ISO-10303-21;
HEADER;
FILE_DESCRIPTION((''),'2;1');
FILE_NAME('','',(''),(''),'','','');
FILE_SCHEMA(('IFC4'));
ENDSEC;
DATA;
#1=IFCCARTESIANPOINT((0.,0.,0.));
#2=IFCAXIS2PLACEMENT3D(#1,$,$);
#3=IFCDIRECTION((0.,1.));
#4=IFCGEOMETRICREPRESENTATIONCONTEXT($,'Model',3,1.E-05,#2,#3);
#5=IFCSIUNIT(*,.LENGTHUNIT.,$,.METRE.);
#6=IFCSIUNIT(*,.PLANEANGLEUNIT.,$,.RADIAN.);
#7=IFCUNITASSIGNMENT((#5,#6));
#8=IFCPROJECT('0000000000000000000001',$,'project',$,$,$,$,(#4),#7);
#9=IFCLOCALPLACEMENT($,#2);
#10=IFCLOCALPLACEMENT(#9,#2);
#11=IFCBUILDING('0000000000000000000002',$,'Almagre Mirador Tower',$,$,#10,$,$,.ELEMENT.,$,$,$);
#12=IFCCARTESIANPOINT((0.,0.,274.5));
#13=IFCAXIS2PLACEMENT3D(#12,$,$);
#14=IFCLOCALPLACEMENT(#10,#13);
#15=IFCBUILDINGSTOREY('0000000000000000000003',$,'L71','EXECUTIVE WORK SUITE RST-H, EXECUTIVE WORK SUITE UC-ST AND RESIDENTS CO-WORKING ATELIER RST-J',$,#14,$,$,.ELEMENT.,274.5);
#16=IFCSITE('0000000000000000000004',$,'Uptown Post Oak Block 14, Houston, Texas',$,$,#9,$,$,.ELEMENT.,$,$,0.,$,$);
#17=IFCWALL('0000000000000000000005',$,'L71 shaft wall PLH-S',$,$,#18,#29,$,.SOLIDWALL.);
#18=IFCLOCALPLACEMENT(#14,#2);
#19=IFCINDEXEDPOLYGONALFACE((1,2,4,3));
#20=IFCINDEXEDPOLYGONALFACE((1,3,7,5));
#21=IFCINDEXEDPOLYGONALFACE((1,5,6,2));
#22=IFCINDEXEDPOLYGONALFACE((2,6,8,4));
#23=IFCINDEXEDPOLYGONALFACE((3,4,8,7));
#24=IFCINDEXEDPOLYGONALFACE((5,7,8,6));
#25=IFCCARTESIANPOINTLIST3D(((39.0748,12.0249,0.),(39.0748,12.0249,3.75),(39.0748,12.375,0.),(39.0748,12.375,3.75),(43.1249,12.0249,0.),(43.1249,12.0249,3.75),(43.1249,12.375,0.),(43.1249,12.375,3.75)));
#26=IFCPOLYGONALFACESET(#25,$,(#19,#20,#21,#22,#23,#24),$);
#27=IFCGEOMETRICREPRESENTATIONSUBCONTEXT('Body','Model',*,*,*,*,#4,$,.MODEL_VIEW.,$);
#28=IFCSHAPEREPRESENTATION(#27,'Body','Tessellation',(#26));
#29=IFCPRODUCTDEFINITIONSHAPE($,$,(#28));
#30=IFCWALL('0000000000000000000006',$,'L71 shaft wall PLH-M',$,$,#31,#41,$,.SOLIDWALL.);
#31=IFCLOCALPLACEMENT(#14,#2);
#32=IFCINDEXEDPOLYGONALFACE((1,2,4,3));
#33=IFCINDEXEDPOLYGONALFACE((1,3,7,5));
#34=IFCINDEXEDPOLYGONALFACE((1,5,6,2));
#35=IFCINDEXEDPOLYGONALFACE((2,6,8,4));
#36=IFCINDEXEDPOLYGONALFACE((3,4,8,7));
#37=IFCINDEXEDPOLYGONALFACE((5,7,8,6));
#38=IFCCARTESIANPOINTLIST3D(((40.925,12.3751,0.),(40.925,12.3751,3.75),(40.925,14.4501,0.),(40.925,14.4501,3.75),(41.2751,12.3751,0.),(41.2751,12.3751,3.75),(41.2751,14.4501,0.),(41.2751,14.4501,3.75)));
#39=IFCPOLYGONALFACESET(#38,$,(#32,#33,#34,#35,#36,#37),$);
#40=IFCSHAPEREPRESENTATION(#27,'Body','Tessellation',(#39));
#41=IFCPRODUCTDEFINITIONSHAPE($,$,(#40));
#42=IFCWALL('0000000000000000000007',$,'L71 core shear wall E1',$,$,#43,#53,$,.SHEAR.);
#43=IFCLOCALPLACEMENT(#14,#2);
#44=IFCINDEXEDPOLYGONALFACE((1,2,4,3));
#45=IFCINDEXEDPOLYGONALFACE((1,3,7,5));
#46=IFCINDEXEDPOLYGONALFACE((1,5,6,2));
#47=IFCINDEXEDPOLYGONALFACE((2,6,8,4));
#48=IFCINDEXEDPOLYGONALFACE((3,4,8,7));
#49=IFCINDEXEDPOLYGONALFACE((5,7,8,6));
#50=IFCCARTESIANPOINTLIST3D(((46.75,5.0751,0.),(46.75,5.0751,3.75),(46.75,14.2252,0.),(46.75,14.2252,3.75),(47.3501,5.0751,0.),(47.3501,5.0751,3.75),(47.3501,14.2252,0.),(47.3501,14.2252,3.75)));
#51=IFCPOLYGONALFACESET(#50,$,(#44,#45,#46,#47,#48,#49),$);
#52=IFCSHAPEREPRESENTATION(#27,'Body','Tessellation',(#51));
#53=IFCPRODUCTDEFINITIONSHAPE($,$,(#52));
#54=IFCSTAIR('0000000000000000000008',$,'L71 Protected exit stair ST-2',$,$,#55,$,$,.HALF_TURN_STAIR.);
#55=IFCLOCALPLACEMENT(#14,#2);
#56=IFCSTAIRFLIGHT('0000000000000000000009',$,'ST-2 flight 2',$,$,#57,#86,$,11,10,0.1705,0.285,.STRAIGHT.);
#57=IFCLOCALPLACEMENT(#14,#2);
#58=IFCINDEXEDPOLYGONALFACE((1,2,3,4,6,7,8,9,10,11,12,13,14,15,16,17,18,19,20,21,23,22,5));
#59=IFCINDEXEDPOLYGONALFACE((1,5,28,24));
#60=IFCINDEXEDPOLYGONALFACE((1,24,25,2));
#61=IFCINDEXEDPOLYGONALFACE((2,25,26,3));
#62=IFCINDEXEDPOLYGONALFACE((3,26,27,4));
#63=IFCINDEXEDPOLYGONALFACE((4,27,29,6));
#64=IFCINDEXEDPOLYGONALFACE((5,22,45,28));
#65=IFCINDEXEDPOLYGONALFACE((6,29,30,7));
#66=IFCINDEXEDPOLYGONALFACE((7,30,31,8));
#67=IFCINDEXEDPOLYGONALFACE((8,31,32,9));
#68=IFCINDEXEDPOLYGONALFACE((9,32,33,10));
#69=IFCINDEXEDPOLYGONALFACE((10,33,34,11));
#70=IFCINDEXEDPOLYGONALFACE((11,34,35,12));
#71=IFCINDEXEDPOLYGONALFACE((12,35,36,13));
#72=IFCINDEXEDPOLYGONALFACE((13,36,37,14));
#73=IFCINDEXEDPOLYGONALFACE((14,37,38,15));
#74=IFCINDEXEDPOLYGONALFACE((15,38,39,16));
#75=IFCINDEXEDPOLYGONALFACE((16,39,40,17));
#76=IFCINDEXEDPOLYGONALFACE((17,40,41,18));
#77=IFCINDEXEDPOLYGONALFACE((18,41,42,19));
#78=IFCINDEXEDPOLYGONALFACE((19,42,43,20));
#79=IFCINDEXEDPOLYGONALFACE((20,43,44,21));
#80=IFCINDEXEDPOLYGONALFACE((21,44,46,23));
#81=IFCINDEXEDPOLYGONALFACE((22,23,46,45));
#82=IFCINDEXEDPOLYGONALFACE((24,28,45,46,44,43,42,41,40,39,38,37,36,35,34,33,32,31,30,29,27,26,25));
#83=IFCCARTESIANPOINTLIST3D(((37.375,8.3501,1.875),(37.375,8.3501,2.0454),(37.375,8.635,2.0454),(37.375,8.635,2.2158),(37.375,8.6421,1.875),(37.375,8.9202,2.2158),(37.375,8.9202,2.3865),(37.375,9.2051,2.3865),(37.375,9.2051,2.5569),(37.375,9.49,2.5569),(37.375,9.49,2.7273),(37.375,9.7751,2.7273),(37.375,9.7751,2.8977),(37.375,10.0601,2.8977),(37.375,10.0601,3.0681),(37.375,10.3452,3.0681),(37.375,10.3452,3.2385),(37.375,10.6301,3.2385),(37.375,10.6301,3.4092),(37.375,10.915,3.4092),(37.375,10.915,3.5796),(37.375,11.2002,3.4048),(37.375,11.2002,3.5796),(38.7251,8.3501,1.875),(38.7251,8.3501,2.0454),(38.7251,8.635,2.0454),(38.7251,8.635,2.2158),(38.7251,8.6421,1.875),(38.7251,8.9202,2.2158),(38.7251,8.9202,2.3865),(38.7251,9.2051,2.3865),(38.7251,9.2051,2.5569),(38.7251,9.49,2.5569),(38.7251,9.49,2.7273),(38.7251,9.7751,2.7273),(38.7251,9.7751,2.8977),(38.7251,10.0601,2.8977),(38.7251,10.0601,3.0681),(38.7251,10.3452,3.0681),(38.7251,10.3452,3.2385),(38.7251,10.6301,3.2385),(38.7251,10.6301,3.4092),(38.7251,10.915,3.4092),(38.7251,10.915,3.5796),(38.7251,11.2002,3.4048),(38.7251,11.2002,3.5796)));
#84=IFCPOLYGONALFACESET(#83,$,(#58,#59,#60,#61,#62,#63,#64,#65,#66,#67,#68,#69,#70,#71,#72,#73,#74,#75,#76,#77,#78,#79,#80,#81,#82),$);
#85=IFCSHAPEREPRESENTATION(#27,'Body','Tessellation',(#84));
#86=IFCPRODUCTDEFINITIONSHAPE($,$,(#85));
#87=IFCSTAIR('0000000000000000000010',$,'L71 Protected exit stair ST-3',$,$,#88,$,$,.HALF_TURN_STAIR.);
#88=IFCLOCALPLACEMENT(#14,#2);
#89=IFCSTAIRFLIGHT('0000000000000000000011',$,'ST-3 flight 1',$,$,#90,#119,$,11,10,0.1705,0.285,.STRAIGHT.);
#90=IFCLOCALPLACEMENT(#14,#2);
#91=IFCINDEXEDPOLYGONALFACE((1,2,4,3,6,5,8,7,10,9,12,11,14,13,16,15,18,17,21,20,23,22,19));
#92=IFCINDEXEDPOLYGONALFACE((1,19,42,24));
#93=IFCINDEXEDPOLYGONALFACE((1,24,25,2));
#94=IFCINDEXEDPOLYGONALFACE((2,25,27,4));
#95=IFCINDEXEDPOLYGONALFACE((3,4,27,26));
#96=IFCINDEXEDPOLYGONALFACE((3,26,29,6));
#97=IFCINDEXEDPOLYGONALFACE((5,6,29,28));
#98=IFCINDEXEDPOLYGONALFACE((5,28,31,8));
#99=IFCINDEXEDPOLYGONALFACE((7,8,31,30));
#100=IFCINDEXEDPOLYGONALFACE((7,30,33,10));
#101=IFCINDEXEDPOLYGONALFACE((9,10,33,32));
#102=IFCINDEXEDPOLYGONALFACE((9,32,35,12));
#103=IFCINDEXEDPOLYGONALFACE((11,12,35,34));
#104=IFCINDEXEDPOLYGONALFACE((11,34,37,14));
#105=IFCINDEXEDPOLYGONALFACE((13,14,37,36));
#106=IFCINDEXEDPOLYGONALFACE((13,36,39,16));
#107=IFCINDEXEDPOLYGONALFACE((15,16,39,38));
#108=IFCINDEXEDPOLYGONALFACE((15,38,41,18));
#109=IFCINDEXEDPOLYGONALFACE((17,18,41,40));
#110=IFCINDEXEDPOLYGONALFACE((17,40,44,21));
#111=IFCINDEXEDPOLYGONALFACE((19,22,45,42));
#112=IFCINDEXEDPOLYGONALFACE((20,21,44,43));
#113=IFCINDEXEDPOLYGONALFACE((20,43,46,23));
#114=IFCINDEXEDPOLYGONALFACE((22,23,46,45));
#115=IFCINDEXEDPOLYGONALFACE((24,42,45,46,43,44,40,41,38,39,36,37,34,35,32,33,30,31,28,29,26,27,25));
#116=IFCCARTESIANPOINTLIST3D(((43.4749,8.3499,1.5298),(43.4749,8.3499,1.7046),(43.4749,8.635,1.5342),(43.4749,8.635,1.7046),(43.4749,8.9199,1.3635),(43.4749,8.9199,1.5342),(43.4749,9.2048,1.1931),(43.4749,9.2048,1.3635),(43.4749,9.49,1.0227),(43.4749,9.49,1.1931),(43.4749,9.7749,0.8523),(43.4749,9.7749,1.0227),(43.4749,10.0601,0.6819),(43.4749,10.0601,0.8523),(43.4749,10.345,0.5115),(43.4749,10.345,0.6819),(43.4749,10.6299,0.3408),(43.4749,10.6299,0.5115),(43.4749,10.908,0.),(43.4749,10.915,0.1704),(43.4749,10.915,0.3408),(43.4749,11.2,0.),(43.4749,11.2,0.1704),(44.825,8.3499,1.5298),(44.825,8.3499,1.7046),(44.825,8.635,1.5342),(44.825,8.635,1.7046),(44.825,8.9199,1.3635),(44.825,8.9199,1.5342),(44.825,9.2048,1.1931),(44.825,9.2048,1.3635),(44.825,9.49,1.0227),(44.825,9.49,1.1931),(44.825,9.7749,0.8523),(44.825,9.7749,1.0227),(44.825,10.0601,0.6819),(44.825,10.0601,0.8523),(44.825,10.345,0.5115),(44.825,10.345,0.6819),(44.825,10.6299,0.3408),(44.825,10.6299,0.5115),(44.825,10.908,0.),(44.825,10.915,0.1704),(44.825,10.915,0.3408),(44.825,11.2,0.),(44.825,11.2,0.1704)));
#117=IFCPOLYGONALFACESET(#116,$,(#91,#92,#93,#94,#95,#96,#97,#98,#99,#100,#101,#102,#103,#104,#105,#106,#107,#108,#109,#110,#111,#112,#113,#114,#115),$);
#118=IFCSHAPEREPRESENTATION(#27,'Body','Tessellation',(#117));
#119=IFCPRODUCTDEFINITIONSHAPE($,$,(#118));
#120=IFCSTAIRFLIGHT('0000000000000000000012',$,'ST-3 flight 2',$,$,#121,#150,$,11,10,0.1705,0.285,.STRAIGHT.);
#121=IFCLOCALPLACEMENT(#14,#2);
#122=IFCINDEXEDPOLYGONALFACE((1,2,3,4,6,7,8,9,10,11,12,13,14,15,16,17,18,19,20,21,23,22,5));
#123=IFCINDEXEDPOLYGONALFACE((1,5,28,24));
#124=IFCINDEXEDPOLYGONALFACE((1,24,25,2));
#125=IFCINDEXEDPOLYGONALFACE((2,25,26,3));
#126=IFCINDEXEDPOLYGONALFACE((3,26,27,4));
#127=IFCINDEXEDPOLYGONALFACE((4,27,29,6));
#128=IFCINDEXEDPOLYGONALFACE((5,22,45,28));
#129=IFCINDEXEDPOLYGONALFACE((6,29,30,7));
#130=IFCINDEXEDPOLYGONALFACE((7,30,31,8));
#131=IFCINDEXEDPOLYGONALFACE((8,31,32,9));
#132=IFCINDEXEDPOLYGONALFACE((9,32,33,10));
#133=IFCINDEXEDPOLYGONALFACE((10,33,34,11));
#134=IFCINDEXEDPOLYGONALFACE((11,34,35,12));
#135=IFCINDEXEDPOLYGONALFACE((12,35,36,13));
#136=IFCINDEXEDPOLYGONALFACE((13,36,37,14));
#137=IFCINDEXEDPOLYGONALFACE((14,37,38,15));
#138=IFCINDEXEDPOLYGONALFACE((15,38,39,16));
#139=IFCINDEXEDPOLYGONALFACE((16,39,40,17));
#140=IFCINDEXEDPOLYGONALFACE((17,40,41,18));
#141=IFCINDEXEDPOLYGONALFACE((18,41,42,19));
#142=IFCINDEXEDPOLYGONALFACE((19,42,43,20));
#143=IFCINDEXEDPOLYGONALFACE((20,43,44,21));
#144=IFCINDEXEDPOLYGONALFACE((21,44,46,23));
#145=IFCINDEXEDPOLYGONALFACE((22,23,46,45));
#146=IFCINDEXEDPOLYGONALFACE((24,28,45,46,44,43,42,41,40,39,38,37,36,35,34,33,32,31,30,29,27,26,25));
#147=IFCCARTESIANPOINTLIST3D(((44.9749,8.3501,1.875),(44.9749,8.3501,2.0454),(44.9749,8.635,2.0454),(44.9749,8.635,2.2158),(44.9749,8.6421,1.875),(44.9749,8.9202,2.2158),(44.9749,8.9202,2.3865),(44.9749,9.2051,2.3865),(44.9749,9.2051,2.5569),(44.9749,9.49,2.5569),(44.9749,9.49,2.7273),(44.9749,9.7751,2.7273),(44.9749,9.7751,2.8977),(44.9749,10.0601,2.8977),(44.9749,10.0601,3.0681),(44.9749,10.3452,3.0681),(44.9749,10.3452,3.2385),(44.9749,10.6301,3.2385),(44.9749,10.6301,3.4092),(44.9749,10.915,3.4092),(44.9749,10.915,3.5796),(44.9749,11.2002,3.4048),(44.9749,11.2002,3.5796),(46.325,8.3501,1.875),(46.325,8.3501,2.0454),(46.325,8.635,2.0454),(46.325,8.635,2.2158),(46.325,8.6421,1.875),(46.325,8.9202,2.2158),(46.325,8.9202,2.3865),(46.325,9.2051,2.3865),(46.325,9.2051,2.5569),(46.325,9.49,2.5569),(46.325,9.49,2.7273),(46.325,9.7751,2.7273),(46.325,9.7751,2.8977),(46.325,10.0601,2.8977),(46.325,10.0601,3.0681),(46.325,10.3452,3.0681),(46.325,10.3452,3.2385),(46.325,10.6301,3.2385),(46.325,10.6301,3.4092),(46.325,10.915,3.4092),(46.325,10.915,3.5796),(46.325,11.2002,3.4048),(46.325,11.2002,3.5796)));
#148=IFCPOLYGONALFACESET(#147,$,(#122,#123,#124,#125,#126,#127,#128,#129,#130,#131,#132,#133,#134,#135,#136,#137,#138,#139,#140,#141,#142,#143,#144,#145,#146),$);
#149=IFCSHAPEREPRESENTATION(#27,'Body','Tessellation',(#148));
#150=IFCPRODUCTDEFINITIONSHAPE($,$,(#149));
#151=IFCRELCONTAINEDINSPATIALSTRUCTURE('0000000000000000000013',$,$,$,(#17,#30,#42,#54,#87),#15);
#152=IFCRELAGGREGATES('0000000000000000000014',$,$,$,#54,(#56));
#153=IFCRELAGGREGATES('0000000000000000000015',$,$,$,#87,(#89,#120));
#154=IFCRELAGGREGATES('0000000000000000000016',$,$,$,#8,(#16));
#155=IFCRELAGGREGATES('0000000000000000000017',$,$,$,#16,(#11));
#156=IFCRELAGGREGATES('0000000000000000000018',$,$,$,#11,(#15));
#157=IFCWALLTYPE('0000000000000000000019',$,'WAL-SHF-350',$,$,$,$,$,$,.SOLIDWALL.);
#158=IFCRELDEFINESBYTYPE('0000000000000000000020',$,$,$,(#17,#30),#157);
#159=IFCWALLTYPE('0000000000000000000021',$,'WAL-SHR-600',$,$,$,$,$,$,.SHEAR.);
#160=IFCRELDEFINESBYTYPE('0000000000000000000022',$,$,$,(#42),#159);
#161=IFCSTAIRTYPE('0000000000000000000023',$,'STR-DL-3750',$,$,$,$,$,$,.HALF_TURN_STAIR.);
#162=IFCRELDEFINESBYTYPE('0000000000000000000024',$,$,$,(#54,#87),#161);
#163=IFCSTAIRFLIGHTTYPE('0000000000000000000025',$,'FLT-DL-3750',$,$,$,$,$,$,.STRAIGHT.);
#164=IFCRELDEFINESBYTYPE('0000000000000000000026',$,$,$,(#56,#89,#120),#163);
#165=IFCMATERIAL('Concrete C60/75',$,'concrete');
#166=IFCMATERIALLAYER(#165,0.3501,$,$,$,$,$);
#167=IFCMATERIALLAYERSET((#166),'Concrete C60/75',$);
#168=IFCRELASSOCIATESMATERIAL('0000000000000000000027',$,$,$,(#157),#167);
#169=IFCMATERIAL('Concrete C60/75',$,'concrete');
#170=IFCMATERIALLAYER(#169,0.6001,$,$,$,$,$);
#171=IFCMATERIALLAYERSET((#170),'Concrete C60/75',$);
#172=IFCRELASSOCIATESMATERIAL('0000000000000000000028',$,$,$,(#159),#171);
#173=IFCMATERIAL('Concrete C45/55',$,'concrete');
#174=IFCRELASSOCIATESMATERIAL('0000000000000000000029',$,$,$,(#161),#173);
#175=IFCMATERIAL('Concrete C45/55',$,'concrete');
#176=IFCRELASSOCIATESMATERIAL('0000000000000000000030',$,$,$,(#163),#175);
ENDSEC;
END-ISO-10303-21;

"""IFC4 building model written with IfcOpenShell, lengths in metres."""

from ifc_helpers import new_model, si_unit, direction, frame, frame_2d, origin, place, context, subcontext, project, spatial, polyline, rectangle, outline, extrude, material, layer, layer_set, type_object, element, aggregate, save


model = new_model("IFC4")

# Units and contexts
model_context = context("Model", 3, precision=1e-05, world=origin(), true_north=direction((0.0, 1.0)))
body_context = subcontext(model_context, "Body", "Model", "MODEL_VIEW")
ifc_project = project(units=[si_unit("LENGTHUNIT", "METRE"), si_unit("PLANEANGLEUNIT", "RADIAN")], contexts=[model_context])

# Site, building, storey
site_placement = place(None, origin())
site = spatial("IfcSite", under=ifc_project, at=site_placement, Name="Uptown Post Oak Block 14, Houston, Texas", CompositionType="ELEMENT", RefElevation=0.0)
building_placement = place(site_placement, origin())
building = spatial("IfcBuilding", under=site, at=building_placement, Name="Almagre Mirador Tower", CompositionType="ELEMENT")
storey_placement = place(building_placement, frame((0.0, 0.0, 274.5)))
storey = spatial("IfcBuildingStorey", under=building, at=storey_placement, Name="L71", Description="EXECUTIVE WORK SUITE RST-H, EXECUTIVE WORK SUITE UC-ST AND RESIDENTS CO-WORKING ATELIER RST-J", CompositionType="ELEMENT", Elevation=274.5)

# Shared definitions
ifc_material_1 = material(Name="Concrete C60/75", Category="concrete")
ifc_layer_1 = layer(ifc_material_1, 0.3501)
ifc_layer_set_1 = layer_set([ifc_layer_1], Name="Concrete C60/75")
wall_type_1 = type_object("IfcWallType", Name="WAL-SHF-350", PredefinedType="SOLIDWALL", material=ifc_layer_set_1)

# Walls
wall_1_placement = place(storey_placement, frame((39.075, 12.2, 0.0), z_axis=(0.0, 0.0, 1.0), x_axis=(1.0, 0.0, 0.0)))
element("IfcWall", 1, at=wall_1_placement, inside=storey, type_object=wall_type_1, Name="L71 shaft wall PLH-S", PredefinedType="SOLIDWALL", context=body_context, shape_type="SweptSolid", body=[
    extrude(rectangle(XDim=4.05, YDim=0.3501, at=frame_2d((2.0249, 0.0))), origin(), (0.0, 0.0, 1.0), 3.75),
])
wall_2_placement = place(storey_placement, frame((41.1001, 12.375, 0.0), z_axis=(0.0, 0.0, 1.0), x_axis=(0.0, 1.0, 0.0)))
element("IfcWall", 2, at=wall_2_placement, inside=storey, type_object=wall_type_1, Name="L71 shaft wall PLH-M", PredefinedType="SOLIDWALL", context=body_context, shape_type="SweptSolid", body=[
    extrude(rectangle(XDim=2.075, YDim=0.3501, at=frame_2d((1.0376, 0.0))), origin(), (0.0, 0.0, 1.0), 3.75),
])
ifc_material_2 = material(Name="Concrete C60/75", Category="concrete")
ifc_layer_2 = layer(ifc_material_2, 0.6001)
ifc_layer_set_2 = layer_set([ifc_layer_2], Name="Concrete C60/75")
wall_type_2 = type_object("IfcWallType", Name="WAL-SHR-600", PredefinedType="SHEAR", material=ifc_layer_set_2)
wall_3_placement = place(storey_placement, frame((47.05, 5.075, 0.0), z_axis=(0.0, 0.0, 1.0), x_axis=(0.0, 1.0, 0.0)))
element("IfcWall", 3, at=wall_3_placement, inside=storey, type_object=wall_type_2, Name="L71 core shear wall E1", PredefinedType="SHEAR", context=body_context, shape_type="SweptSolid", body=[
    extrude(rectangle(XDim=9.1501, YDim=0.6001, at=frame_2d((4.5752, 0.0))), origin(), (0.0, 0.0, 1.0), 3.75),
])

# Stair, stair flight
ifc_material_3 = material(Name="Concrete C45/55", Category="concrete")
stair_type = type_object("IfcStairType", Name="STR-DL-3750", PredefinedType="HALF_TURN_STAIR", material=ifc_material_3)
stair_1_placement = place(storey_placement, origin())
stair_1 = element("IfcStair", 4, at=stair_1_placement, inside=storey, type_object=stair_type, Name="L71 Protected exit stair ST-2", PredefinedType="HALF_TURN_STAIR")
ifc_material_4 = material(Name="Concrete C45/55", Category="concrete")
stair_flight_type = type_object("IfcStairFlightType", Name="FLT-DL-3750", PredefinedType="STRAIGHT", material=ifc_material_4)
stair_flight_1_placement = place(storey_placement, frame((38.05, 8.3501, 1.875), z_axis=(0.0, 0.0, 1.0), x_axis=(0.0, 1.0, 0.0)))
stair_flight_1 = element("IfcStairFlight", 5, at=stair_flight_1_placement, type_object=stair_flight_type, Name="ST-2 flight 2", NumberOfRisers=11, NumberOfTreads=10, PredefinedType="STRAIGHT", RiserHeight=0.1705, TreadLength=0.285, context=body_context, shape_type="SweptSolid", body=[
    extrude(outline(polyline([(0.0, 0.0), (0.0, 0.1704), (0.2849, 0.1704), (0.2849, 0.3408), (0.5701, 0.3408), (0.5701, 0.5115), (0.855, 0.5115), (0.855, 0.6819), (1.1399, 0.6819), (1.1399, 0.8523), (1.425, 0.8523), (1.425, 1.0227), (1.71, 1.0227), (1.71, 1.1931), (1.9951, 1.1931), (1.9951, 1.3635), (2.28, 1.3635), (2.28, 1.5342), (2.5649, 1.5342), (2.5649, 1.7046), (2.8501, 1.7046), (2.8501, 1.875), (2.8501, 1.5298), (0.292, 0.0), (0.0, 0.0)])), frame((0.0, 0.675, 0.0), z_axis=(0.0, -1.0, 0.0), x_axis=(1.0, 0.0, 0.0)), (0.0, 0.0, 1.0), 1.3501),
])
aggregate(stair_1, [stair_flight_1])

# Stair, stair flights
stair_2_placement = place(storey_placement, origin())
stair_2 = element("IfcStair", 6, at=stair_2_placement, inside=storey, type_object=stair_type, Name="L71 Protected exit stair ST-3", PredefinedType="HALF_TURN_STAIR")
stair_flight_2_placement = place(storey_placement, frame((44.1499, 11.2, 0.0), z_axis=(0.0, 0.0, 1.0), x_axis=(0.0, -1.0, 0.0)))
stair_flight_2 = element("IfcStairFlight", 7, at=stair_flight_2_placement, type_object=stair_flight_type, Name="ST-3 flight 1", NumberOfRisers=11, NumberOfTreads=10, PredefinedType="STRAIGHT", RiserHeight=0.1705, TreadLength=0.285, context=body_context, shape_type="SweptSolid", body=[
    extrude(outline(polyline([(0.0, 0.0), (0.0, 0.1704), (0.2849, 0.1704), (0.2849, 0.3408), (0.5701, 0.3408), (0.5701, 0.5115), (0.855, 0.5115), (0.855, 0.6819), (1.1399, 0.6819), (1.1399, 0.8523), (1.425, 0.8523), (1.425, 1.0227), (1.71, 1.0227), (1.71, 1.1931), (1.9951, 1.1931), (1.9951, 1.3635), (2.28, 1.3635), (2.28, 1.5342), (2.5649, 1.5342), (2.5649, 1.7046), (2.8501, 1.7046), (2.8501, 1.875), (2.8501, 1.5298), (0.292, 0.0), (0.0, 0.0)])), frame((0.0, 0.675, 0.0), z_axis=(0.0, -1.0, 0.0), x_axis=(1.0, 0.0, 0.0)), (0.0, 0.0, 1.0), 1.3501),
])
stair_flight_3_placement = place(storey_placement, frame((45.6499, 8.3501, 1.875), z_axis=(0.0, 0.0, 1.0), x_axis=(0.0, 1.0, 0.0)))
stair_flight_3 = element("IfcStairFlight", 8, at=stair_flight_3_placement, type_object=stair_flight_type, Name="ST-3 flight 2", NumberOfRisers=11, NumberOfTreads=10, PredefinedType="STRAIGHT", RiserHeight=0.1705, TreadLength=0.285, context=body_context, shape_type="SweptSolid", body=[
    extrude(outline(polyline([(0.0, 0.0), (0.0, 0.1704), (0.2849, 0.1704), (0.2849, 0.3408), (0.5701, 0.3408), (0.5701, 0.5115), (0.855, 0.5115), (0.855, 0.6819), (1.1399, 0.6819), (1.1399, 0.8523), (1.425, 0.8523), (1.425, 1.0227), (1.71, 1.0227), (1.71, 1.1931), (1.9951, 1.1931), (1.9951, 1.3635), (2.28, 1.3635), (2.28, 1.5342), (2.5649, 1.5342), (2.5649, 1.7046), (2.8501, 1.7046), (2.8501, 1.875), (2.8501, 1.5298), (0.292, 0.0), (0.0, 0.0)])), frame((0.0, 0.675, 0.0), z_axis=(0.0, -1.0, 0.0), x_axis=(1.0, 0.0, 0.0)), (0.0, 0.0, 1.0), 1.3501),
])
aggregate(stair_2, [stair_flight_2, stair_flight_3])

save(model, "model.ifc")
